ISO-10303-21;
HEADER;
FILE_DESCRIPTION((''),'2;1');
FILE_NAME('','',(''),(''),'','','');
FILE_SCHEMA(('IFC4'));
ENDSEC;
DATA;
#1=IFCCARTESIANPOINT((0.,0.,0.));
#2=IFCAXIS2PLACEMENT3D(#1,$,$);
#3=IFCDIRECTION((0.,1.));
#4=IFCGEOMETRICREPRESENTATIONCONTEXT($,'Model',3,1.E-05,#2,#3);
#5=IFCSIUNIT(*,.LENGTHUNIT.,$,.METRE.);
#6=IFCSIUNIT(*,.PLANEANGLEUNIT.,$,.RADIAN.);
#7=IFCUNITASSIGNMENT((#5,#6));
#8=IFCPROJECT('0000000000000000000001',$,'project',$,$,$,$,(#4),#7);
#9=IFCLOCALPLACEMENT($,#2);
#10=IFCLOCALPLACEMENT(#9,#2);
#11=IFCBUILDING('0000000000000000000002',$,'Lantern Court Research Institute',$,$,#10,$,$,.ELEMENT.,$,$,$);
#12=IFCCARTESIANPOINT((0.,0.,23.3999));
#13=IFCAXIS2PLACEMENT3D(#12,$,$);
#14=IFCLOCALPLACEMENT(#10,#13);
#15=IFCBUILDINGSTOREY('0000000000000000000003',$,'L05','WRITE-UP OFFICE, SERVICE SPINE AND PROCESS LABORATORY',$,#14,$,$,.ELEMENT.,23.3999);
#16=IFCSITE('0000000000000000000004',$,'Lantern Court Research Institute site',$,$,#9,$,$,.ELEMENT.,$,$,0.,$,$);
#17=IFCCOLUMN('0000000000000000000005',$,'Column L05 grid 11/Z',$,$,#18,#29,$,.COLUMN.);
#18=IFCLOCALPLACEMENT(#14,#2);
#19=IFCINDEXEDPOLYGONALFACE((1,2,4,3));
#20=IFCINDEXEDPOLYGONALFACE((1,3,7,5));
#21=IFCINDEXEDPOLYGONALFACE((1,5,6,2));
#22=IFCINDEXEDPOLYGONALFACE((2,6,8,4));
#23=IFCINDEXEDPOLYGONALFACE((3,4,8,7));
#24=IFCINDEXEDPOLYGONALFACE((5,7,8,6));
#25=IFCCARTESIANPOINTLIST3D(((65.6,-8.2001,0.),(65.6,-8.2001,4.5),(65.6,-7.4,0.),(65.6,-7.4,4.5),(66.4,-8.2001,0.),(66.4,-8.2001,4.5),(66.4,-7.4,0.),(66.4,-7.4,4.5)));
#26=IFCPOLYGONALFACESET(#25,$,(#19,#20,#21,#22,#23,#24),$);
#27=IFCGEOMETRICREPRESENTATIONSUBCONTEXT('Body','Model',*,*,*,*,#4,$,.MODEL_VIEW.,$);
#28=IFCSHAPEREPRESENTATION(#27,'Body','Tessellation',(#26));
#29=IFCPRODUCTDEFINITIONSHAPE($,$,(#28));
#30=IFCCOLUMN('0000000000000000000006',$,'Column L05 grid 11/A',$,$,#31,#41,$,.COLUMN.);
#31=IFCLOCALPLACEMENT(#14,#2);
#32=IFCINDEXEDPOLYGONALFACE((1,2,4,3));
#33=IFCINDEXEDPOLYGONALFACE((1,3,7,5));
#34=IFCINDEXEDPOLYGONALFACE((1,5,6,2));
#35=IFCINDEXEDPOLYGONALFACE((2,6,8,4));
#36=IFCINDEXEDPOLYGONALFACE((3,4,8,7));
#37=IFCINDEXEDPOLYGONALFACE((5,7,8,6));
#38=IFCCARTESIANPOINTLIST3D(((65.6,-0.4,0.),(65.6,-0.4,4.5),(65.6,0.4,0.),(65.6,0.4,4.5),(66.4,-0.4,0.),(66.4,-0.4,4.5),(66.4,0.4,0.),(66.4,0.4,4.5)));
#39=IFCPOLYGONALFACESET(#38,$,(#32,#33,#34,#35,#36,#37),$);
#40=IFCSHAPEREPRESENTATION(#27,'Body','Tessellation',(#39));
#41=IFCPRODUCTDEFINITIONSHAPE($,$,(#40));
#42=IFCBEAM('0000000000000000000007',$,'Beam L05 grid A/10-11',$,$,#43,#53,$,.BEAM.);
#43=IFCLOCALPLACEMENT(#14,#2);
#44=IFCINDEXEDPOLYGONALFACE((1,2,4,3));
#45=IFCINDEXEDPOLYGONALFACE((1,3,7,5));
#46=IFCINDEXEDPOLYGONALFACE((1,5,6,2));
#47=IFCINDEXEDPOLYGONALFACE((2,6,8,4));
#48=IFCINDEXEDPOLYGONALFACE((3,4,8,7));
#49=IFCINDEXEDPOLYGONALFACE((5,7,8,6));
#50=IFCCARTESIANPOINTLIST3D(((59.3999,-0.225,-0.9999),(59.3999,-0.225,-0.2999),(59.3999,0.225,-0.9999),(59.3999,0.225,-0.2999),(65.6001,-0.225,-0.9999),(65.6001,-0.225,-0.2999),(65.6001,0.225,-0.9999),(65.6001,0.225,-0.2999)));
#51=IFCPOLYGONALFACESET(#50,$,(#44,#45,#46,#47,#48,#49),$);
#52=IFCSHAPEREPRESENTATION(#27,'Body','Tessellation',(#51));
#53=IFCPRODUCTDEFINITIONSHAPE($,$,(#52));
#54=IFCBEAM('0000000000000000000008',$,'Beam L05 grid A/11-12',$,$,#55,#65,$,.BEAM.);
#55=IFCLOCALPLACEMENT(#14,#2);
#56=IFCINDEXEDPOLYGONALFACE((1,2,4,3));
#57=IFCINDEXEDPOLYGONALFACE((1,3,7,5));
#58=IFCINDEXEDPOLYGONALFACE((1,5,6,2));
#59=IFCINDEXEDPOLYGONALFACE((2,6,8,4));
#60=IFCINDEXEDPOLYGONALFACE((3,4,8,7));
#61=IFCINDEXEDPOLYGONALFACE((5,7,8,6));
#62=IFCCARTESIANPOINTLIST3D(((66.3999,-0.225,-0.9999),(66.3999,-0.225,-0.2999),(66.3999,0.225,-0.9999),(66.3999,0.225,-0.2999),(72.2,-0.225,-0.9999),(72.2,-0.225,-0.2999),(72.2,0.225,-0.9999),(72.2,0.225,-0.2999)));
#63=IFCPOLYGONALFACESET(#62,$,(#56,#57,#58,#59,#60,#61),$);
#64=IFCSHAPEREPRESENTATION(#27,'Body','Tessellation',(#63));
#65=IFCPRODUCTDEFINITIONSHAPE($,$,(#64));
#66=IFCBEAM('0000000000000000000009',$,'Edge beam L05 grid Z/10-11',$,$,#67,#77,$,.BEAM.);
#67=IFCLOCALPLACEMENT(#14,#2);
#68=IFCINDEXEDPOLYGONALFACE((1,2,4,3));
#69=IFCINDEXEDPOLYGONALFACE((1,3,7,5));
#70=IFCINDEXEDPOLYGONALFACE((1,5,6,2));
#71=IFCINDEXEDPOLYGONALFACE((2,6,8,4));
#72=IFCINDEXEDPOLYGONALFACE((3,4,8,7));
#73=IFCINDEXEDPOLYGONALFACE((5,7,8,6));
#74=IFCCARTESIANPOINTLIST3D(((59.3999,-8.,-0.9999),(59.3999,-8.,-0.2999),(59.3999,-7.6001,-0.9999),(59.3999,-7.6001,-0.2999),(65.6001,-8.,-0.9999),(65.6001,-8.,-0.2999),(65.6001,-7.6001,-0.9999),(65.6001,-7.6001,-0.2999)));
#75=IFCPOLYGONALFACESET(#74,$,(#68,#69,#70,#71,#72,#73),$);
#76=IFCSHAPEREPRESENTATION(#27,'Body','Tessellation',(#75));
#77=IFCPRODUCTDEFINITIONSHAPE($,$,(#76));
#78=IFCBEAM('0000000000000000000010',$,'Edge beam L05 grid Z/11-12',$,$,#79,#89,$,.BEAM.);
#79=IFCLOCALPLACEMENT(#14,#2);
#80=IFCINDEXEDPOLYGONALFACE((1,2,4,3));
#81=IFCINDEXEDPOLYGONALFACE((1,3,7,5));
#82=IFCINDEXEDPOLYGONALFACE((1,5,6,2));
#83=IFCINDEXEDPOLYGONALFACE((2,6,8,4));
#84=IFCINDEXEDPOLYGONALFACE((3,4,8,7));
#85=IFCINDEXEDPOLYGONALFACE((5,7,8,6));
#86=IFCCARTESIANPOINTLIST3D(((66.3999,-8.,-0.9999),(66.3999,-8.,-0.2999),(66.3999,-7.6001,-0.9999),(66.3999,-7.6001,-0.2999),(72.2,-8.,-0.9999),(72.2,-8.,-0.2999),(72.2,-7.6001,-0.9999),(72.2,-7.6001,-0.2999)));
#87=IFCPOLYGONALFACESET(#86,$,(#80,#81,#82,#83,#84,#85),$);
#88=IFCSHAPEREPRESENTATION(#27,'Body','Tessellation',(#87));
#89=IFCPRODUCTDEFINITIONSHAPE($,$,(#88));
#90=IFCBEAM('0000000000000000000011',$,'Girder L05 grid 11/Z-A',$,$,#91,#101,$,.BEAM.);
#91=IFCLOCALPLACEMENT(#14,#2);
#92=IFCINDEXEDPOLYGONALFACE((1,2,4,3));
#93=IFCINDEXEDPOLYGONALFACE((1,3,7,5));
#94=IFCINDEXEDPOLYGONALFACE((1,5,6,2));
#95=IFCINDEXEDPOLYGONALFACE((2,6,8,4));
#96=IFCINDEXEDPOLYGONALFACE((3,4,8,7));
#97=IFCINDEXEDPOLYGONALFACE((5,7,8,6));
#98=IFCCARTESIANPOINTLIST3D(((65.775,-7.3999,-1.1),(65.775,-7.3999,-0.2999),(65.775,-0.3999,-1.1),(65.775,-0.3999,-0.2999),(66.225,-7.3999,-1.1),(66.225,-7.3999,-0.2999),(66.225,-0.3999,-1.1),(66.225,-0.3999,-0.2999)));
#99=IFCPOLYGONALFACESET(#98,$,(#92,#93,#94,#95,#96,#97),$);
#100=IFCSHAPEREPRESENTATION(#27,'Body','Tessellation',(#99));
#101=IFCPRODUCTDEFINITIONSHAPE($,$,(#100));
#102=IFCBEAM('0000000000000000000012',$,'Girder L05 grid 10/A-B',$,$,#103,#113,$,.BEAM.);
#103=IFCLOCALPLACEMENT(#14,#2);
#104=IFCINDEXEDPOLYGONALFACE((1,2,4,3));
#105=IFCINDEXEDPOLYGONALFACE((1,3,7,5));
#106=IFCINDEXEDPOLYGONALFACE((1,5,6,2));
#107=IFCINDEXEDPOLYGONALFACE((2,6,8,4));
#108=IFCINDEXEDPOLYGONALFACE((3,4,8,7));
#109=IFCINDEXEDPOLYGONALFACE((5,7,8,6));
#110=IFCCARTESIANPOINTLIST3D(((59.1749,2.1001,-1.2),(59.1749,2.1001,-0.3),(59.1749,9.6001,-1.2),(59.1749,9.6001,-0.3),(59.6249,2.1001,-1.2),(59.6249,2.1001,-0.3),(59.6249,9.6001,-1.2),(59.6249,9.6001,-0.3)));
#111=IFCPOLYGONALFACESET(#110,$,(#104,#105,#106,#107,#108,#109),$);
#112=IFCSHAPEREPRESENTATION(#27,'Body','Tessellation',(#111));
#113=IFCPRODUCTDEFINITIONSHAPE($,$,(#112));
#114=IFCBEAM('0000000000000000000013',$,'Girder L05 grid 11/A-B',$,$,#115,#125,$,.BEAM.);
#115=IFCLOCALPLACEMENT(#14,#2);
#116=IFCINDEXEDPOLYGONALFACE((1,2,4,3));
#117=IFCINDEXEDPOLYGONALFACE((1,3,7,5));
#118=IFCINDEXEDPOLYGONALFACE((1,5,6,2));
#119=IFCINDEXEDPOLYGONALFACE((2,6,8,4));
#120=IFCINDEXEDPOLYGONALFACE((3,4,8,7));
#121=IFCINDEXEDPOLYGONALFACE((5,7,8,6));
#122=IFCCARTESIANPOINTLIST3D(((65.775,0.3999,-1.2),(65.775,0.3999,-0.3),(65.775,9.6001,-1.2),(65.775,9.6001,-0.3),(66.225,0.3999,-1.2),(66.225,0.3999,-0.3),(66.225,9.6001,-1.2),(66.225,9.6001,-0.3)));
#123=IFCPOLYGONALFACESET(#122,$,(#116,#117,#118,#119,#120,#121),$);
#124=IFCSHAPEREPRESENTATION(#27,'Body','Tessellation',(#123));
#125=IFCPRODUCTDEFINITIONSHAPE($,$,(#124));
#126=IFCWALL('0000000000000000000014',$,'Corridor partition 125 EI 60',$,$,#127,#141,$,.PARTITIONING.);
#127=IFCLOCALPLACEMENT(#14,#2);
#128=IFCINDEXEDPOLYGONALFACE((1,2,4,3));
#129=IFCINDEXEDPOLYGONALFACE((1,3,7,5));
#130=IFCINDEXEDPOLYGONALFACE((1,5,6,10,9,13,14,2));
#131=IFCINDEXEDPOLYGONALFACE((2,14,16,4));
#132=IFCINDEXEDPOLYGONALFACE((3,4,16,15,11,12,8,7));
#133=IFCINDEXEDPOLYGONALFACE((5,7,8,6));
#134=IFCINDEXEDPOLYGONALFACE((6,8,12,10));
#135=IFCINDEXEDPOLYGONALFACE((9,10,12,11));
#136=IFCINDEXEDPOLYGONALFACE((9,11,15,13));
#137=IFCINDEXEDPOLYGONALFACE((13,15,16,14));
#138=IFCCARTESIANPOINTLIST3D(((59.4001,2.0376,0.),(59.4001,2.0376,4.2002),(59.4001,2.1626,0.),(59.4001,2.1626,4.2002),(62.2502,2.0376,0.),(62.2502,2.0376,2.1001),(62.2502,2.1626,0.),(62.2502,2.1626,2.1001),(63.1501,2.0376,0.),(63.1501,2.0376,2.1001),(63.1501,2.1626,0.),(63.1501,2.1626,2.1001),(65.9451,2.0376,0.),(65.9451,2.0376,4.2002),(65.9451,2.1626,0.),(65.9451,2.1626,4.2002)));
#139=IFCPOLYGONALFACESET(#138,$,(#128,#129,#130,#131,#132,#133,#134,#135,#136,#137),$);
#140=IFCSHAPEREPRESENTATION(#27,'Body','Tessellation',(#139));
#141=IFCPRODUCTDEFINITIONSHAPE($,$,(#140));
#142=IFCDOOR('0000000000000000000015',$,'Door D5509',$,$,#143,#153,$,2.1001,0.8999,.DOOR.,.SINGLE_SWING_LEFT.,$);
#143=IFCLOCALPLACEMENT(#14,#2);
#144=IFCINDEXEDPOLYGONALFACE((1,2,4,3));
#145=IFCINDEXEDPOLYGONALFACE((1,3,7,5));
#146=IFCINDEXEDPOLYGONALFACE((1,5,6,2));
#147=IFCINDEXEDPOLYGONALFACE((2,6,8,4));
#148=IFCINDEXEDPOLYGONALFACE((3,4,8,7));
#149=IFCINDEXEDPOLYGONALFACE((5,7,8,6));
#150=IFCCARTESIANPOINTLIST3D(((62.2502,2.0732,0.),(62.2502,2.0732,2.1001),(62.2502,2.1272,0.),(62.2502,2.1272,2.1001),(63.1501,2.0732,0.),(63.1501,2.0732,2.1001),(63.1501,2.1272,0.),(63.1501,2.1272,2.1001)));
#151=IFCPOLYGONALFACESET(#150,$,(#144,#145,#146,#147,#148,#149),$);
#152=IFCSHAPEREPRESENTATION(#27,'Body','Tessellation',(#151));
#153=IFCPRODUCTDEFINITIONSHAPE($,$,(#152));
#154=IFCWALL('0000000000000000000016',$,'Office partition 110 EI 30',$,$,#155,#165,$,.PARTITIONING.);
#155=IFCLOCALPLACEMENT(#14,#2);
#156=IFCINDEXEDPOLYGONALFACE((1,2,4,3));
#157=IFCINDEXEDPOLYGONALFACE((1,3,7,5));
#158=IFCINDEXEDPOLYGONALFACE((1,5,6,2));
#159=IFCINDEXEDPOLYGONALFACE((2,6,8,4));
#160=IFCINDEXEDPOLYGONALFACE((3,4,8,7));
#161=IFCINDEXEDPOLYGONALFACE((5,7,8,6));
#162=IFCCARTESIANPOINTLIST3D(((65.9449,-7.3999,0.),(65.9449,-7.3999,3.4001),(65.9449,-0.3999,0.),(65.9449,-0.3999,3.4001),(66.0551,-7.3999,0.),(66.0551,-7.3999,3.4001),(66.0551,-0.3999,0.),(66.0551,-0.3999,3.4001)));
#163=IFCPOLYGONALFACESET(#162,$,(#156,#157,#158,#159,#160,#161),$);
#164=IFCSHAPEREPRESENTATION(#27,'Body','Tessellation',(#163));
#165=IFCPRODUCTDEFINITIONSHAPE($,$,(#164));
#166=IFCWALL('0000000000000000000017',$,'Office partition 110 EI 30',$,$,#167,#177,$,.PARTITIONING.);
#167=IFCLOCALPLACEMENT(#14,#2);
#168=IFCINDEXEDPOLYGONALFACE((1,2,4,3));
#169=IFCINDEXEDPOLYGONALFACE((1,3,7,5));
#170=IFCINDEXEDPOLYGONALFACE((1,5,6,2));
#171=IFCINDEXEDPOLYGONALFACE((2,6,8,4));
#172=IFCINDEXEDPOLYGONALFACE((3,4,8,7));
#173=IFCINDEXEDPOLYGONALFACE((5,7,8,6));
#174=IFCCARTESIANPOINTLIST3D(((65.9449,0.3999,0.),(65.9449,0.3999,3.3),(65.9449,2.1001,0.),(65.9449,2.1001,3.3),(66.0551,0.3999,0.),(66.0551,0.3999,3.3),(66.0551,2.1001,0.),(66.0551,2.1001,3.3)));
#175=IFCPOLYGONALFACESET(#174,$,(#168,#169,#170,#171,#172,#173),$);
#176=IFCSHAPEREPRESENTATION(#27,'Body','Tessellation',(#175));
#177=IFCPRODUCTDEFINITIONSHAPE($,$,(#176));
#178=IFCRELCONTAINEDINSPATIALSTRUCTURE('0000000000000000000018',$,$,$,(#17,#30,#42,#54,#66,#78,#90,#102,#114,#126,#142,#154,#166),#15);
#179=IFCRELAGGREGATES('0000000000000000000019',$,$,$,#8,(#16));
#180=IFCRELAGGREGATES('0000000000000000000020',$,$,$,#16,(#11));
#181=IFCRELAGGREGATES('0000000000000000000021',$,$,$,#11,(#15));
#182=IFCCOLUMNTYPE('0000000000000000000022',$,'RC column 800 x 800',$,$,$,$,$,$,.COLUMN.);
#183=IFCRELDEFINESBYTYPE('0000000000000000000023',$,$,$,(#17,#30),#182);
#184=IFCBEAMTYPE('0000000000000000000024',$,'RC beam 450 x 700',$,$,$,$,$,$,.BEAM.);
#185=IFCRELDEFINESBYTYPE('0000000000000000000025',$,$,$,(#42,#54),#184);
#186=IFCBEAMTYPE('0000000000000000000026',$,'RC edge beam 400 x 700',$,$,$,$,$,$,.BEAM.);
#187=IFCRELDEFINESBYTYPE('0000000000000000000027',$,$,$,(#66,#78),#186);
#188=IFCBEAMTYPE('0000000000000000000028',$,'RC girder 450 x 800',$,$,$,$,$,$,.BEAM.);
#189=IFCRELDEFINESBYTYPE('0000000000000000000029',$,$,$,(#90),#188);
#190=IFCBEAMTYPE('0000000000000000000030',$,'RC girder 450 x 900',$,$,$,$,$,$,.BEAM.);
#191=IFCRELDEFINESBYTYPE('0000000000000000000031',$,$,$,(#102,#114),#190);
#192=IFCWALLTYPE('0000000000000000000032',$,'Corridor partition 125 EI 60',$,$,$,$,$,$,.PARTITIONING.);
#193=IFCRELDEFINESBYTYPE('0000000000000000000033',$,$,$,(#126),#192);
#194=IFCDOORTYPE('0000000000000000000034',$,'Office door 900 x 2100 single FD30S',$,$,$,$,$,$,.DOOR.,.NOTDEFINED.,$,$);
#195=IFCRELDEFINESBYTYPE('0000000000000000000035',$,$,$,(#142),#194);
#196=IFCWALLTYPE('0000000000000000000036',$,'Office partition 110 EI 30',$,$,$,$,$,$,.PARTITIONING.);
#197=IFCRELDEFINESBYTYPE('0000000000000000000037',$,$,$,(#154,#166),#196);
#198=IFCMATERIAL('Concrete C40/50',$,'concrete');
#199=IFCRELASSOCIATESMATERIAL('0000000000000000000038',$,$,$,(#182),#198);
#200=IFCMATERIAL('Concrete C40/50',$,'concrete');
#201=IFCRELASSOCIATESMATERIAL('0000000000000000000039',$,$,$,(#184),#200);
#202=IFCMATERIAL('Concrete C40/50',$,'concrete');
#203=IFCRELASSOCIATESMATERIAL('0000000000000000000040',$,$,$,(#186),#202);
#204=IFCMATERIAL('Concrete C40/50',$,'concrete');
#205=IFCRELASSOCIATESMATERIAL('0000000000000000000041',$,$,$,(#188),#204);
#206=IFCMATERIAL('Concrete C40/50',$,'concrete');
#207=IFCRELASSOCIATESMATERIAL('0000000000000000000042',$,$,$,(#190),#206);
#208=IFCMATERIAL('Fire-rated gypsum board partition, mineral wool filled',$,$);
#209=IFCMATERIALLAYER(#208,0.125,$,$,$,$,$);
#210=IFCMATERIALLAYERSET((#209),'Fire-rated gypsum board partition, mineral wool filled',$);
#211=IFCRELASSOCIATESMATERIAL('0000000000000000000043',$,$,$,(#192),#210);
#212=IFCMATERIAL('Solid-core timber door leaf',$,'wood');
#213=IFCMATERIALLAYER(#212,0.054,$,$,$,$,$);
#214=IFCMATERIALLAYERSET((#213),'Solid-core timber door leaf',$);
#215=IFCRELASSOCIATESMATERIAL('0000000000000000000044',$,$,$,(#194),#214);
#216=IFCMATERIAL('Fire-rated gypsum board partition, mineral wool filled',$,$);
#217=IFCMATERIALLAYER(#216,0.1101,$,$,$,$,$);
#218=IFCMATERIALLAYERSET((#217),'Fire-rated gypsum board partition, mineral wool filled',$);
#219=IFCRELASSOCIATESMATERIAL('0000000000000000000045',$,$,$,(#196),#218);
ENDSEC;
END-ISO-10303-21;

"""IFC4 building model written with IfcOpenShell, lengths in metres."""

from ifc_helpers import new_model, si_unit, direction, frame, frame_2d, origin, origin_2d, place, context, subcontext, project, spatial, rectangle, extrude, material, layer, layer_set, material_profile, profile_set, type_object, element, fill, save


model = new_model("IFC4")

# Units and contexts
model_context = context("Model", 3, precision=1e-05, world=origin(), true_north=direction((0.0, 1.0)))
body_context = subcontext(model_context, "Body", "Model", "MODEL_VIEW")
ifc_project = project(units=[si_unit("LENGTHUNIT", "METRE"), si_unit("PLANEANGLEUNIT", "RADIAN")], contexts=[model_context])

# Site, building, storey
site_placement = place(None, origin())
site = spatial("IfcSite", under=ifc_project, at=site_placement, Name="Lantern Court Research Institute site", CompositionType="ELEMENT", RefElevation=0.0)
building_placement = place(site_placement, origin())
building = spatial("IfcBuilding", under=site, at=building_placement, Name="Lantern Court Research Institute", CompositionType="ELEMENT")
storey_placement = place(building_placement, frame((0.0, 0.0, 23.3999)))
storey = spatial("IfcBuildingStorey", under=building, at=storey_placement, Name="L05", Description="WRITE-UP OFFICE, SERVICE SPINE AND PROCESS LABORATORY", CompositionType="ELEMENT", Elevation=23.3999)

# Columns
ifc_material_1 = material(Name="Concrete C40/50", Category="concrete")
ifc_material_profile_1 = material_profile(ifc_material_1, rectangle(XDim=0.8, YDim=0.8, at=origin_2d()), Name="RC column 800 x 800")
ifc_profile_set_1 = profile_set([ifc_material_profile_1], Name="Concrete C40/50")
column_type = type_object("IfcColumnType", Name="RC column 800 x 800", PredefinedType="COLUMN", material=ifc_profile_set_1)
for number, where, z_axis, x_axis, name in (
    (1, (66.0, -7.8, 0.0), (0.0, 0.0, 1.0), (1.0, 0.0, 0.0), "Column L05 grid 11/Z"),
    (2, (66.0, 0.0, 0.0), (0.0, 0.0, 1.0), (1.0, 0.0, 0.0), "Column L05 grid 11/A"),
):
    element("IfcColumn", number, at=place(storey_placement, frame(where, z_axis=z_axis, x_axis=x_axis)), inside=storey, type_object=column_type, Name=name, PredefinedType="COLUMN", context=body_context, shape_type="SweptSolid", body=[
        extrude(rectangle(XDim=0.8, YDim=0.8, at=origin_2d()), origin(), (0.0, 0.0, 1.0), 4.5),
    ])

# Beams
ifc_material_2 = material(Name="Concrete C40/50", Category="concrete")
ifc_material_profile_2 = material_profile(ifc_material_2, rectangle(XDim=0.45, YDim=0.7, at=origin_2d()), Name="RC beam 450 x 700")
ifc_profile_set_2 = profile_set([ifc_material_profile_2], Name="Concrete C40/50")
beam_type_1 = type_object("IfcBeamType", Name="RC beam 450 x 700", PredefinedType="BEAM", material=ifc_profile_set_2)
beam_1_placement = place(storey_placement, frame((59.3999, 0.0, -0.6499), z_axis=(1.0, 0.0, 0.0), x_axis=(0.0, 1.0, 0.0)))
element("IfcBeam", 3, at=beam_1_placement, inside=storey, type_object=beam_type_1, Name="Beam L05 grid A/10-11", PredefinedType="BEAM", context=body_context, shape_type="SweptSolid", body=[
    extrude(rectangle(XDim=0.45, YDim=0.7, at=origin_2d()), origin(), (0.0, 0.0, 1.0), 6.2002),
])
beam_2_placement = place(storey_placement, frame((66.3999, 0.0, -0.6499), z_axis=(1.0, 0.0, 0.0), x_axis=(0.0, 1.0, 0.0)))
element("IfcBeam", 4, at=beam_2_placement, inside=storey, type_object=beam_type_1, Name="Beam L05 grid A/11-12", PredefinedType="BEAM", context=body_context, shape_type="SweptSolid", body=[
    extrude(rectangle(XDim=0.45, YDim=0.7, at=origin_2d()), origin(), (0.0, 0.0, 1.0), 5.8),
])
ifc_material_3 = material(Name="Concrete C40/50", Category="concrete")
ifc_material_profile_3 = material_profile(ifc_material_3, rectangle(XDim=0.3999, YDim=0.7, at=origin_2d()), Name="RC beam 400 x 700")
ifc_profile_set_3 = profile_set([ifc_material_profile_3], Name="Concrete C40/50")
beam_type_2 = type_object("IfcBeamType", Name="RC edge beam 400 x 700", PredefinedType="BEAM", material=ifc_profile_set_3)
beam_3_placement = place(storey_placement, frame((59.3999, -7.8, -0.6499), z_axis=(1.0, 0.0, 0.0), x_axis=(0.0, 1.0, 0.0)))
element("IfcBeam", 5, at=beam_3_placement, inside=storey, type_object=beam_type_2, Name="Edge beam L05 grid Z/10-11", PredefinedType="BEAM", context=body_context, shape_type="SweptSolid", body=[
    extrude(rectangle(XDim=0.3999, YDim=0.7, at=origin_2d()), origin(), (0.0, 0.0, 1.0), 6.2002),
])
beam_4_placement = place(storey_placement, frame((66.3999, -7.8, -0.6499), z_axis=(1.0, 0.0, 0.0), x_axis=(0.0, 1.0, 0.0)))
element("IfcBeam", 6, at=beam_4_placement, inside=storey, type_object=beam_type_2, Name="Edge beam L05 grid Z/11-12", PredefinedType="BEAM", context=body_context, shape_type="SweptSolid", body=[
    extrude(rectangle(XDim=0.3999, YDim=0.7, at=origin_2d()), origin(), (0.0, 0.0, 1.0), 5.8),
])
ifc_material_4 = material(Name="Concrete C40/50", Category="concrete")
ifc_material_profile_4 = material_profile(ifc_material_4, rectangle(XDim=0.45, YDim=0.8, at=origin_2d()), Name="RC beam 450 x 800")
ifc_profile_set_4 = profile_set([ifc_material_profile_4], Name="Concrete C40/50")
beam_type_3 = type_object("IfcBeamType", Name="RC girder 450 x 800", PredefinedType="BEAM", material=ifc_profile_set_4)
beam_5_placement = place(storey_placement, frame((66.0, -7.3999, -0.7), z_axis=(0.0, 1.0, 0.0), x_axis=(-1.0, 0.0, 0.0)))
element("IfcBeam", 7, at=beam_5_placement, inside=storey, type_object=beam_type_3, Name="Girder L05 grid 11/Z-A", PredefinedType="BEAM", context=body_context, shape_type="SweptSolid", body=[
    extrude(rectangle(XDim=0.45, YDim=0.8, at=origin_2d()), origin(), (0.0, 0.0, 1.0), 7.0),
])
ifc_material_5 = material(Name="Concrete C40/50", Category="concrete")
ifc_material_profile_5 = material_profile(ifc_material_5, rectangle(XDim=0.45, YDim=0.8999, at=origin_2d()), Name="RC beam 450 x 900")
ifc_profile_set_5 = profile_set([ifc_material_profile_5], Name="Concrete C40/50")
beam_type_4 = type_object("IfcBeamType", Name="RC girder 450 x 900", PredefinedType="BEAM", material=ifc_profile_set_5)
beam_6_placement = place(storey_placement, frame((59.3999, 2.1001, -0.75), z_axis=(0.0, 1.0, 0.0), x_axis=(-1.0, 0.0, 0.0)))
element("IfcBeam", 8, at=beam_6_placement, inside=storey, type_object=beam_type_4, Name="Girder L05 grid 10/A-B", PredefinedType="BEAM", context=body_context, shape_type="SweptSolid", body=[
    extrude(rectangle(XDim=0.45, YDim=0.8999, at=origin_2d()), origin(), (0.0, 0.0, 1.0), 7.5),
])
beam_7_placement = place(storey_placement, frame((66.0, 0.3999, -0.75), z_axis=(0.0, 1.0, 0.0), x_axis=(-1.0, 0.0, 0.0)))
element("IfcBeam", 9, at=beam_7_placement, inside=storey, type_object=beam_type_4, Name="Girder L05 grid 11/A-B", PredefinedType="BEAM", context=body_context, shape_type="SweptSolid", body=[
    extrude(rectangle(XDim=0.45, YDim=0.8999, at=origin_2d()), origin(), (0.0, 0.0, 1.0), 9.2002),
])

# Wall, opening, door
ifc_material_6 = material(Name="Fire-rated gypsum board partition, mineral wool filled")
ifc_layer_1 = layer(ifc_material_6, 0.125)
ifc_layer_set_1 = layer_set([ifc_layer_1], Name="Fire-rated gypsum board partition, mineral wool filled")
wall_type_1 = type_object("IfcWallType", Name="Corridor partition 125 EI 60", PredefinedType="PARTITIONING", material=ifc_layer_set_1)
wall_1_placement = place(storey_placement, frame((65.9451, 2.1001, 0.0), z_axis=(0.0, 0.0, 1.0), x_axis=(-1.0, 0.0, 0.0)))
wall_1 = element("IfcWall", 10, at=wall_1_placement, inside=storey, type_object=wall_type_1, Name="Corridor partition 125 EI 60", PredefinedType="PARTITIONING", context=body_context, shape_type="SweptSolid", body=[
    extrude(rectangle(XDim=6.5449, YDim=0.125, at=frame_2d((3.2725, 0.0))), origin(), (0.0, 0.0, 1.0), 4.2002),
])
opening_1_placement = place(wall_1_placement, frame((2.7949, 0.0, 0.0)))
opening_1 = element("IfcOpeningElement", 11, at=opening_1_placement, cuts=wall_1, PredefinedType="OPENING", context=body_context, shape_type="SweptSolid", body=[
    extrude(rectangle(XDim=0.8999, YDim=2.1001, at=frame_2d((0.45, 1.05))), frame((0.0, 0.0725, 0.0), z_axis=(0.0, -1.0, 0.0), x_axis=(1.0, 0.0, 0.0)), (0.0, 0.0, 1.0), 0.145),
])
ifc_material_7 = material(Name="Solid-core timber door leaf", Category="wood")
ifc_layer_2 = layer(ifc_material_7, 0.054)
ifc_layer_set_2 = layer_set([ifc_layer_2], Name="Solid-core timber door leaf")
door_type_1 = type_object("IfcDoorType", Name="Office door 900 x 2100 single FD30S", OperationType="NOTDEFINED", PredefinedType="DOOR", material=ifc_layer_set_2)
door_1_placement = place(opening_1_placement, origin())
door_1 = element("IfcDoor", 12, at=door_1_placement, inside=storey, type_object=door_type_1, Name="Door D5509", OperationType="SINGLE_SWING_LEFT", OverallHeight=2.1001, OverallWidth=0.8999, PredefinedType="DOOR", context=body_context, shape_type="SweptSolid", body=[
    extrude(rectangle(XDim=0.8999, YDim=2.1001, at=frame_2d((0.45, 1.05))), frame((0.0, 0.0269, 0.0), z_axis=(0.0, -1.0, 0.0), x_axis=(1.0, 0.0, 0.0)), (0.0, 0.0, 1.0), 0.054),
])
fill(opening_1, door_1)

# Walls
ifc_material_8 = material(Name="Fire-rated gypsum board partition, mineral wool filled")
ifc_layer_3 = layer(ifc_material_8, 0.1101)
ifc_layer_set_3 = layer_set([ifc_layer_3], Name="Fire-rated gypsum board partition, mineral wool filled")
wall_type_2 = type_object("IfcWallType", Name="Office partition 110 EI 30", PredefinedType="PARTITIONING", material=ifc_layer_set_3)
wall_2_placement = place(storey_placement, frame((66.0, -7.3999, 0.0), z_axis=(0.0, 0.0, 1.0), x_axis=(0.0, 1.0, 0.0)))
element("IfcWall", 13, at=wall_2_placement, inside=storey, type_object=wall_type_2, Name="Office partition 110 EI 30", PredefinedType="PARTITIONING", context=body_context, shape_type="SweptSolid", body=[
    extrude(rectangle(XDim=7.0, YDim=0.1101, at=frame_2d((3.5, 0.0))), origin(), (0.0, 0.0, 1.0), 3.4001),
])
wall_3_placement = place(storey_placement, frame((66.0, 0.3999, 0.0), z_axis=(0.0, 0.0, 1.0), x_axis=(0.0, 1.0, 0.0)))
element("IfcWall", 14, at=wall_3_placement, inside=storey, type_object=wall_type_2, Name="Office partition 110 EI 30", PredefinedType="PARTITIONING", context=body_context, shape_type="SweptSolid", body=[
    extrude(rectangle(XDim=1.7002, YDim=0.1101, at=frame_2d((0.8501, 0.0))), origin(), (0.0, 0.0, 1.0), 3.3),
])

save(model, "model.ifc")
